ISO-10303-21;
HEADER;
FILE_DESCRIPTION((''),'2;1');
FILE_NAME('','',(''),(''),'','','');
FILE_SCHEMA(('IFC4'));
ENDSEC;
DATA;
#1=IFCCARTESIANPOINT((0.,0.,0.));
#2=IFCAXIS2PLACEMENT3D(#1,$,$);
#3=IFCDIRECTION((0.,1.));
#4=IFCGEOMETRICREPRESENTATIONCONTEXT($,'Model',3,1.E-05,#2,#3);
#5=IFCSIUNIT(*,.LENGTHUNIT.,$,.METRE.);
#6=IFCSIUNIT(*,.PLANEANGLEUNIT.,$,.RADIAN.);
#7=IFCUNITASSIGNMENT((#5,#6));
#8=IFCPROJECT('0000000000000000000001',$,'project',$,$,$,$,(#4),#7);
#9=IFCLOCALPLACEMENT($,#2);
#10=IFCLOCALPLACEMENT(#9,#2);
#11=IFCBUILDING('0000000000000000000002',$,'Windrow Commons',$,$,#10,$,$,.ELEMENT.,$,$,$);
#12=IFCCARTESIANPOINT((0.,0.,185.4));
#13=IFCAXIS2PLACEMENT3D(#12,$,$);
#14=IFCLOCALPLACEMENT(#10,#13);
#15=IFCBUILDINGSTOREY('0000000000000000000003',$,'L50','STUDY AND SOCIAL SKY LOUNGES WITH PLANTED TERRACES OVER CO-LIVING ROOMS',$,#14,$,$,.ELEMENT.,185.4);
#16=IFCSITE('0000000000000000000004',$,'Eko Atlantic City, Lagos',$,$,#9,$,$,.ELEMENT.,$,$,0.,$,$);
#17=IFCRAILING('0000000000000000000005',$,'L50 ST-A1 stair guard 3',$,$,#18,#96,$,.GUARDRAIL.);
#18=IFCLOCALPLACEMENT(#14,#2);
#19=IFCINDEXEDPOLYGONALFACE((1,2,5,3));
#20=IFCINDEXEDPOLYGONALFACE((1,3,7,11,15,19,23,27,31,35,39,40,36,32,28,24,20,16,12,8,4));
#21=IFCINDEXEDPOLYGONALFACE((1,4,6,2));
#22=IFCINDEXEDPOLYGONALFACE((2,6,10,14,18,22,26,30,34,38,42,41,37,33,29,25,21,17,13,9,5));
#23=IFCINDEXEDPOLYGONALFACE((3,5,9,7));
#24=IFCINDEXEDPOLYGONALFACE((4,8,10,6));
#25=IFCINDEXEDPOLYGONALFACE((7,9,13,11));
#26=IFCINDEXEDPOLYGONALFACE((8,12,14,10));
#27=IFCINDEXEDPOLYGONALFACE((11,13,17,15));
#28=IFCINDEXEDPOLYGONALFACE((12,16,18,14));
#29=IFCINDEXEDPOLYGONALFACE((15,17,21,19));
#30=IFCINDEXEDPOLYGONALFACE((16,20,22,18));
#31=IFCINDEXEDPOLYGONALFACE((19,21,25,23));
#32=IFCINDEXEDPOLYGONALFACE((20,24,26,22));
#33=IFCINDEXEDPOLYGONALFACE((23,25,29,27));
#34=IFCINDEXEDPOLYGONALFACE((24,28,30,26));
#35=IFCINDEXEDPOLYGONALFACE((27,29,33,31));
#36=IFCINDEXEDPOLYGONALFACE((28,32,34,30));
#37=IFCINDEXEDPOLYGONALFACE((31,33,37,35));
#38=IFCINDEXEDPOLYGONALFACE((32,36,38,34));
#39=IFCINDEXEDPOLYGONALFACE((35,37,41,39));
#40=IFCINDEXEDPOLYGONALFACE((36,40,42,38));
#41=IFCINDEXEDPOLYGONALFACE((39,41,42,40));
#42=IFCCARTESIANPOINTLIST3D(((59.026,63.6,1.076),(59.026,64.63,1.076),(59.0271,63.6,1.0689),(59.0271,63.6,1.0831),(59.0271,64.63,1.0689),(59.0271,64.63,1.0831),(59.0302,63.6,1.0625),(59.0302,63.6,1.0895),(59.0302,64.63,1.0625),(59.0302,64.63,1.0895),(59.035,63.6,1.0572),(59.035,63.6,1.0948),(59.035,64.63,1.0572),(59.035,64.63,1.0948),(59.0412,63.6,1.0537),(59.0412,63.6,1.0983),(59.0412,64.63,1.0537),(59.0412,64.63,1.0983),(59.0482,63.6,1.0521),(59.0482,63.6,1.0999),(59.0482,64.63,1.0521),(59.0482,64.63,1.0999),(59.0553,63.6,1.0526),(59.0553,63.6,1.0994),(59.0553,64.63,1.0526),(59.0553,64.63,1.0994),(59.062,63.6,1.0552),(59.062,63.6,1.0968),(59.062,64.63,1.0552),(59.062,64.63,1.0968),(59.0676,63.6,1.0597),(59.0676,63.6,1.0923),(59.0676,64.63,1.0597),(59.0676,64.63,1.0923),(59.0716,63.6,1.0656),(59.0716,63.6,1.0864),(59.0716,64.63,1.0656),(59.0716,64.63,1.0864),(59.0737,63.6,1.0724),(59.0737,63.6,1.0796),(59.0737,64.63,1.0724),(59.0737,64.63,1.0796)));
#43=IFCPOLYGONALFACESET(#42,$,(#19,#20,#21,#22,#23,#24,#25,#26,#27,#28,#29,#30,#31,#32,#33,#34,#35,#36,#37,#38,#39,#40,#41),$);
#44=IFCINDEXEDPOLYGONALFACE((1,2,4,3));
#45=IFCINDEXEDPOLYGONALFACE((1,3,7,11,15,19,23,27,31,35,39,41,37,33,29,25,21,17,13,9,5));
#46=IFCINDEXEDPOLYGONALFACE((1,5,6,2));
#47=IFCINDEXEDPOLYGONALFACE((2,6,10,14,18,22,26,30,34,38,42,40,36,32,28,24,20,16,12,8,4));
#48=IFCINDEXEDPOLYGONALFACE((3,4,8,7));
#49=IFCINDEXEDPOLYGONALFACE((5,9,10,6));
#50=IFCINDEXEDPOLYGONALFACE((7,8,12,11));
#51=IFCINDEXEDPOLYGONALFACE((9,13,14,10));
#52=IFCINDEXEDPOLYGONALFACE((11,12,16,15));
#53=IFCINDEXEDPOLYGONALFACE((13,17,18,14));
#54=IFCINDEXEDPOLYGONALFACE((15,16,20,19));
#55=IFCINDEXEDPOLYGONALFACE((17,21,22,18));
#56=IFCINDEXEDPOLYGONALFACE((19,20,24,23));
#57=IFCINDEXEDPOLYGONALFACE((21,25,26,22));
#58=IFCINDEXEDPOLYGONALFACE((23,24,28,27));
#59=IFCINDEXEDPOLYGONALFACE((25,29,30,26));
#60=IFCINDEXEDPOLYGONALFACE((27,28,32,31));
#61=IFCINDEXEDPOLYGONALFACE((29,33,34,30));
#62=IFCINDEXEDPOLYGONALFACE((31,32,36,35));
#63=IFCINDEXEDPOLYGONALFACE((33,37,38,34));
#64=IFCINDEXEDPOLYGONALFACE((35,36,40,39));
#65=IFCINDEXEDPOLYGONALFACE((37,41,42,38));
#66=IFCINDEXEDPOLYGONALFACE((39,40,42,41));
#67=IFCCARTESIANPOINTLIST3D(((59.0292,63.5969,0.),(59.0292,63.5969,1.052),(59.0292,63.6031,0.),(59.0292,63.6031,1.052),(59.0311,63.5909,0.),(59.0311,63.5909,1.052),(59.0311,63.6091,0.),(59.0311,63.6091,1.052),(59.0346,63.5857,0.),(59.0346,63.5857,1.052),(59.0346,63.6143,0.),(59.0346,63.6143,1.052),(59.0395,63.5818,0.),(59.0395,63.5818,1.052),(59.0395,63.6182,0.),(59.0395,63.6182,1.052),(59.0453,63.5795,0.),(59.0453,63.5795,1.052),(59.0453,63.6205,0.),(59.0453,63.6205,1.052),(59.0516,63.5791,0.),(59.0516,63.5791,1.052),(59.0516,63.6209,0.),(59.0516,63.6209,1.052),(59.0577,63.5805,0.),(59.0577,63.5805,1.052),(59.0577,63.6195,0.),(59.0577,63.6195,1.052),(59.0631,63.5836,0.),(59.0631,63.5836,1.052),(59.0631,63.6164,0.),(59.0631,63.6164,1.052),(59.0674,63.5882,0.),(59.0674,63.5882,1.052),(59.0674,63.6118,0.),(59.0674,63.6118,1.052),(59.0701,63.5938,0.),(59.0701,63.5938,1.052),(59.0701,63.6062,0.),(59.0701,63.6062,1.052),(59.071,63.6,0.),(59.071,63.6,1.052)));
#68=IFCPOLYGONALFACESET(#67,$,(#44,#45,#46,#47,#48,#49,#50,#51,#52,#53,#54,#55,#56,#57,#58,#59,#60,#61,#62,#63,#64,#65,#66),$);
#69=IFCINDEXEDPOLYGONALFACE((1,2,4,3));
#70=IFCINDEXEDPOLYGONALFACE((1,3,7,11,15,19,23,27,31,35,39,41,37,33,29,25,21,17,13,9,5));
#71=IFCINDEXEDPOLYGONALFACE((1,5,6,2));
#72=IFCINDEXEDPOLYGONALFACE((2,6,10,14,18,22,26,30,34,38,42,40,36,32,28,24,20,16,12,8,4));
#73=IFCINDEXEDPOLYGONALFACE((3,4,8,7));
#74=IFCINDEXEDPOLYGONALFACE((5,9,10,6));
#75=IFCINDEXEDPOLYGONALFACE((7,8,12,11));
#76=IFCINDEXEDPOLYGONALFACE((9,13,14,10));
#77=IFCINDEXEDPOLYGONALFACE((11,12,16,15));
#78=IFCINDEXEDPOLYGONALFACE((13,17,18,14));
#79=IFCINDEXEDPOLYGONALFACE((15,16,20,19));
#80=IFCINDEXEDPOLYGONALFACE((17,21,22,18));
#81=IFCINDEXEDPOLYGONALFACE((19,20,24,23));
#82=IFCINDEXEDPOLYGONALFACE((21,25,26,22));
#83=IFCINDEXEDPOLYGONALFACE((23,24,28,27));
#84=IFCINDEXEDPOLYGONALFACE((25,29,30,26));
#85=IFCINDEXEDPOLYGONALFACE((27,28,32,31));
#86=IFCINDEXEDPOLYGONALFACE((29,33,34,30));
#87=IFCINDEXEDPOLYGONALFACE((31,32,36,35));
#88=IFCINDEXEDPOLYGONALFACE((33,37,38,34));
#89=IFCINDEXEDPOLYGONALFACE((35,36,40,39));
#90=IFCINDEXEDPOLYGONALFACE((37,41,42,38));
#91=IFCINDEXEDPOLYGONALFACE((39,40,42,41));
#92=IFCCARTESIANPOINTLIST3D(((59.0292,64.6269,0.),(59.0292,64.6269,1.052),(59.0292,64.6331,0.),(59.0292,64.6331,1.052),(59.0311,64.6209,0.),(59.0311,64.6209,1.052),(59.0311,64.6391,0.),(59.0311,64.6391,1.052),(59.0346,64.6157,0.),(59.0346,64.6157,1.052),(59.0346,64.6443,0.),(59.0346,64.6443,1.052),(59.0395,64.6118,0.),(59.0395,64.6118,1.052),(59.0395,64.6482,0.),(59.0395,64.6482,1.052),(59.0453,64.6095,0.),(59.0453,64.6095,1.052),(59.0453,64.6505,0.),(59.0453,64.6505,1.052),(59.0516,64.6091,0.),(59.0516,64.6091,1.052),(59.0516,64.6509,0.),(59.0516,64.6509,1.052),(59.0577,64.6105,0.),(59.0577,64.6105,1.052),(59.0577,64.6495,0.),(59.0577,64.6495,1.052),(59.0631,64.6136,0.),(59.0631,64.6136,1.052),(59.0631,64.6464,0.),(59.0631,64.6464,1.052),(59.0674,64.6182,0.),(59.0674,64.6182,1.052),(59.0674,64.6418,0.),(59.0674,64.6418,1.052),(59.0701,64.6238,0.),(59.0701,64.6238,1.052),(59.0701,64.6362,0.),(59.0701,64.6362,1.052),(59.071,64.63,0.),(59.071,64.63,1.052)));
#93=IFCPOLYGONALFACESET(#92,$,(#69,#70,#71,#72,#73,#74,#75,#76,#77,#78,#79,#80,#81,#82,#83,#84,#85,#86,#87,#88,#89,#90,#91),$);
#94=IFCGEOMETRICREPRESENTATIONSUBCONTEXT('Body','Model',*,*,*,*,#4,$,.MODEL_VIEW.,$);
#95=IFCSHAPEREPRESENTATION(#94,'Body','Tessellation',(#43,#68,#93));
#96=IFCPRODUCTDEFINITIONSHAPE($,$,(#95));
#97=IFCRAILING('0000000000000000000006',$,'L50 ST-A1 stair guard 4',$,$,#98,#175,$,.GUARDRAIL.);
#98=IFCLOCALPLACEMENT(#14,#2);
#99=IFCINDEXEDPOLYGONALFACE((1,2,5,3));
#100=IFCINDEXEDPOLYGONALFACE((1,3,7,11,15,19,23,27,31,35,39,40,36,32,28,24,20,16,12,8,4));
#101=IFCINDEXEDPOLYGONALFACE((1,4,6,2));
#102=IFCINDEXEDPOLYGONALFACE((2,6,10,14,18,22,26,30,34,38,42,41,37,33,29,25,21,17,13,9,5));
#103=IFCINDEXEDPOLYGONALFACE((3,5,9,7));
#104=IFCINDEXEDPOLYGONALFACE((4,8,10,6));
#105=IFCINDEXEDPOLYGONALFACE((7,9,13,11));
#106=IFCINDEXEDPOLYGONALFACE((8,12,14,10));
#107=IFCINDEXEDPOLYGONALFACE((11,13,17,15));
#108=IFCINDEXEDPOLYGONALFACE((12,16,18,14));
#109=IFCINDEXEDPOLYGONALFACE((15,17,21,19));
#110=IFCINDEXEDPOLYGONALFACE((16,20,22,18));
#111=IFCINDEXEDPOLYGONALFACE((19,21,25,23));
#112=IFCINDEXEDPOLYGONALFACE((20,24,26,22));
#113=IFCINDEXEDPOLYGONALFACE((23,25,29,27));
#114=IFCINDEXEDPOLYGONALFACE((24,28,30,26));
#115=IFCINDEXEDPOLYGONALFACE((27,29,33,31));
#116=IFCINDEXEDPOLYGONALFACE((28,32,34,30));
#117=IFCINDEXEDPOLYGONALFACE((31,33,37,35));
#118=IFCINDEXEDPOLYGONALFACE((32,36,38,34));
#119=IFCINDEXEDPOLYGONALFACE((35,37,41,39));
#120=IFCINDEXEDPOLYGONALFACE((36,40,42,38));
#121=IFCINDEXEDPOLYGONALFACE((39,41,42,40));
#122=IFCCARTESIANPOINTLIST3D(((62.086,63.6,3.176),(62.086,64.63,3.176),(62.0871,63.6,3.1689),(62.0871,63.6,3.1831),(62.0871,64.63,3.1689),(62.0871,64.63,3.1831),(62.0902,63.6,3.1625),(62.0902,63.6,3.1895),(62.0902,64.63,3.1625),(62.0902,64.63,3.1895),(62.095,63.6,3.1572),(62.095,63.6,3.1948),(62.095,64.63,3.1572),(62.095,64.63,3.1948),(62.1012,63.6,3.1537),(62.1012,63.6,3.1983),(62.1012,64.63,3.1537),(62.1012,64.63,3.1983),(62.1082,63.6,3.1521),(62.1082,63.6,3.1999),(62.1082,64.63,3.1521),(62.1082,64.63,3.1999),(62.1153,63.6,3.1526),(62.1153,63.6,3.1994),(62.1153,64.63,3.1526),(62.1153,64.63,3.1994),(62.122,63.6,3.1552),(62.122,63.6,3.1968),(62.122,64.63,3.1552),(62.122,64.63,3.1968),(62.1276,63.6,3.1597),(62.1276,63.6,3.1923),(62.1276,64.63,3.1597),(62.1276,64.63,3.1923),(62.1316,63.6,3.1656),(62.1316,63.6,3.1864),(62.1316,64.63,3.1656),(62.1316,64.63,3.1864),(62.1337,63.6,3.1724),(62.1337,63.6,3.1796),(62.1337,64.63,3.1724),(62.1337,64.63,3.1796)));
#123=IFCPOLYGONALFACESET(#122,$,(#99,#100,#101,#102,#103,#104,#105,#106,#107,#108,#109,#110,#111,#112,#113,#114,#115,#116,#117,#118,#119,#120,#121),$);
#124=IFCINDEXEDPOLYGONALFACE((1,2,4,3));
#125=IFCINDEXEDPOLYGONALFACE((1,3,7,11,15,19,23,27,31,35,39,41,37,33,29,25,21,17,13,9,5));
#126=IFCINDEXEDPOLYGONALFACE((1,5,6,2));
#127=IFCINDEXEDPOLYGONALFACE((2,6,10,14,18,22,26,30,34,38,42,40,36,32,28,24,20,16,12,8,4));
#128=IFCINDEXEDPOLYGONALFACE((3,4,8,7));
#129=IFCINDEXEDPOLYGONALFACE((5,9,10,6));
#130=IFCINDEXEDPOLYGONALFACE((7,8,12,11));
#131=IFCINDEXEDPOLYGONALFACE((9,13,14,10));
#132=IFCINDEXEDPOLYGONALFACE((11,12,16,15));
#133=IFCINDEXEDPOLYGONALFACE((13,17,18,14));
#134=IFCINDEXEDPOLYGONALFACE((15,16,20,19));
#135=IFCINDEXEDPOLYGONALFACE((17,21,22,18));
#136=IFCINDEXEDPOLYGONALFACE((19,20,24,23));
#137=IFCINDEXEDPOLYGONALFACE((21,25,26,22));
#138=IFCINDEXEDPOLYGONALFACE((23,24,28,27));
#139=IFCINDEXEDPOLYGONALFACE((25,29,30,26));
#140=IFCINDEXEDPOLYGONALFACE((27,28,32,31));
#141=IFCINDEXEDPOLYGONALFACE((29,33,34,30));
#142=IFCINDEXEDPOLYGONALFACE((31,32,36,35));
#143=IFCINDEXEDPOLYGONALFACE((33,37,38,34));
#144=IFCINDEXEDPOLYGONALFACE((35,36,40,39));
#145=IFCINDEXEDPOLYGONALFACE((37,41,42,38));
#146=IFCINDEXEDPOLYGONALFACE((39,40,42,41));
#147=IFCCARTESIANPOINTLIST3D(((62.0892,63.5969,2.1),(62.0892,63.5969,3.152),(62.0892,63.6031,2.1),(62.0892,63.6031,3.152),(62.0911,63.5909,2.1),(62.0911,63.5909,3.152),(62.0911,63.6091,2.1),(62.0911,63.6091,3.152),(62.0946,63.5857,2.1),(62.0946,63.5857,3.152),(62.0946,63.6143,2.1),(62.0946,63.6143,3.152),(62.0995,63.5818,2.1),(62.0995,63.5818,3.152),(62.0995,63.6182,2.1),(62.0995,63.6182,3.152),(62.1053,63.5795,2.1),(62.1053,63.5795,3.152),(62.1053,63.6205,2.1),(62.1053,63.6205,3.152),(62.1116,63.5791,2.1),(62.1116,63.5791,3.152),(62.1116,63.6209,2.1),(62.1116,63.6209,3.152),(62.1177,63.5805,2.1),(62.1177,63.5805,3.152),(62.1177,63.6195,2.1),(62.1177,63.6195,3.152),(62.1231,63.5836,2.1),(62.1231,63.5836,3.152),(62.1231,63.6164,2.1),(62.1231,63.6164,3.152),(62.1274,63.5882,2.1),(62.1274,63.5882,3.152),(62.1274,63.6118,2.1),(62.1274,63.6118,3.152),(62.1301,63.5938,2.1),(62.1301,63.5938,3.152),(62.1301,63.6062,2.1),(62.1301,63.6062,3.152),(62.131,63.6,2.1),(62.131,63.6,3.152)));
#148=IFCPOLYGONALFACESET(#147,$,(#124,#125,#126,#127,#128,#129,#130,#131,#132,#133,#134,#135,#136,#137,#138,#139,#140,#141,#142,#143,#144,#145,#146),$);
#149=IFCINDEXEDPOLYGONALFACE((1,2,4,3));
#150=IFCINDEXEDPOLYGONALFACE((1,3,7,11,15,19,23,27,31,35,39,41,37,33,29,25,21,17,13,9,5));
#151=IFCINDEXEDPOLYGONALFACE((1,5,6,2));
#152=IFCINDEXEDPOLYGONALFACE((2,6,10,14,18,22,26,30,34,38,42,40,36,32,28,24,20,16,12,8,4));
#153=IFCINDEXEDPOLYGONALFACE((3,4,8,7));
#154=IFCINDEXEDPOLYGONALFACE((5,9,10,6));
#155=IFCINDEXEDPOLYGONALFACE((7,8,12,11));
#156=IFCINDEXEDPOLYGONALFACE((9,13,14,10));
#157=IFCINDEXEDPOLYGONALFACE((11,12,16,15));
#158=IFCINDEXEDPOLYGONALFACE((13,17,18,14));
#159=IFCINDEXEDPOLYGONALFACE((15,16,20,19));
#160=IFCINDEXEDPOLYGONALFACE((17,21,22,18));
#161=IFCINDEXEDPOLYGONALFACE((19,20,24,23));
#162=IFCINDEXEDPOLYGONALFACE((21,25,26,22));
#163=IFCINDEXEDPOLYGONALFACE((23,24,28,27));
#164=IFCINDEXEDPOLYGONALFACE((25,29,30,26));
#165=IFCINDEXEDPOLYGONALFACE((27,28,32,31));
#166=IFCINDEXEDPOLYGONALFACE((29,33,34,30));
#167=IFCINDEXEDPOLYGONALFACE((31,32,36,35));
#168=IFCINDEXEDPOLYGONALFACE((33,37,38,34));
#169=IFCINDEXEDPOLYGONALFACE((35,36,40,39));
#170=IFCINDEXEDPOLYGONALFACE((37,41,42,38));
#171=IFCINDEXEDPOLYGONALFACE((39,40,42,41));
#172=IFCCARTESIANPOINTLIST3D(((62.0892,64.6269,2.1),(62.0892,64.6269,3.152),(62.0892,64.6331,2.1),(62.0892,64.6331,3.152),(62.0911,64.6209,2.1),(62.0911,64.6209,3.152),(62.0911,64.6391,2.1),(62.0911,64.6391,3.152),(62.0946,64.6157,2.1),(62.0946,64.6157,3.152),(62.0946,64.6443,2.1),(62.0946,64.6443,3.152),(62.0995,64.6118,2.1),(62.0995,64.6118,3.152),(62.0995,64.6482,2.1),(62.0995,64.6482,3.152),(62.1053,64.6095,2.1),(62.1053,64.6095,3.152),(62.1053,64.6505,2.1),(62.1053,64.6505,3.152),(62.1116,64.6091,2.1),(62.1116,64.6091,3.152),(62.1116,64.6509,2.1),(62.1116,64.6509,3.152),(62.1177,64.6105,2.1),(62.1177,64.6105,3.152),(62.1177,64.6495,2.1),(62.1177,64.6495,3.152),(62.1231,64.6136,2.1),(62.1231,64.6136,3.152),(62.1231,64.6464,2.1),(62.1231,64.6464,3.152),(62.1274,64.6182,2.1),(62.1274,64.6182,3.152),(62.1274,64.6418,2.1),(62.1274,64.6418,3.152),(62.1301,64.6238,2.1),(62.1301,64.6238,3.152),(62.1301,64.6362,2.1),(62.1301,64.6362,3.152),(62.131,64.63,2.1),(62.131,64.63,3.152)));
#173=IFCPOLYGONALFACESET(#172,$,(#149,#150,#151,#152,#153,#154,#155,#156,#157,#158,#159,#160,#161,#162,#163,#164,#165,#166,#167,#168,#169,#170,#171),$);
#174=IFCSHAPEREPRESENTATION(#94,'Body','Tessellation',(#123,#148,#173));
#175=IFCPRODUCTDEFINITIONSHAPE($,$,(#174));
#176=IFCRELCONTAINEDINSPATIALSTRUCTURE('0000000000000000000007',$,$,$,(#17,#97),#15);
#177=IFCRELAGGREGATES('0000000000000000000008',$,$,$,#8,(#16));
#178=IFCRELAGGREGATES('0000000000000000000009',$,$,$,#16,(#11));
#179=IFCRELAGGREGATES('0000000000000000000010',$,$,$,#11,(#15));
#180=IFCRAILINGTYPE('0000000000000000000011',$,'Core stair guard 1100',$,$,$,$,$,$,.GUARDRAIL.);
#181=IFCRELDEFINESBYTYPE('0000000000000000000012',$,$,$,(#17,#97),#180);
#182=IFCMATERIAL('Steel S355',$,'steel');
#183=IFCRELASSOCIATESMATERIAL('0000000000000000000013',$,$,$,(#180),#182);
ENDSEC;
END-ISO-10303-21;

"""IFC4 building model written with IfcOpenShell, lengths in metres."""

from ifc_helpers import new_model, si_unit, direction, frame, origin, origin_2d, place, context, subcontext, project, spatial, circle, extrude, material, type_object, element, save


model = new_model("IFC4")

# Units and contexts
model_context = context("Model", 3, precision=1e-05, world=origin(), true_north=direction((0.0, 1.0)))
body_context = subcontext(model_context, "Body", "Model", "MODEL_VIEW")
ifc_project = project(units=[si_unit("LENGTHUNIT", "METRE"), si_unit("PLANEANGLEUNIT", "RADIAN")], contexts=[model_context])

# Site, building, storey
site_placement = place(None, origin())
site = spatial("IfcSite", under=ifc_project, at=site_placement, Name="Eko Atlantic City, Lagos", CompositionType="ELEMENT", RefElevation=0.0)
building_placement = place(site_placement, origin())
building = spatial("IfcBuilding", under=site, at=building_placement, Name="Windrow Commons", CompositionType="ELEMENT")
storey_placement = place(building_placement, frame((0.0, 0.0, 185.4)))
storey = spatial("IfcBuildingStorey", under=building, at=storey_placement, Name="L50", Description="STUDY AND SOCIAL SKY LOUNGES WITH PLANTED TERRACES OVER CO-LIVING ROOMS", CompositionType="ELEMENT", Elevation=185.4)

# Railings
ifc_material_1 = material(Name="Steel S355", Category="steel")
railing_type = type_object("IfcRailingType", Name="Core stair guard 1100", PredefinedType="GUARDRAIL", material=ifc_material_1)
for number, where, name in (
    (1, (59.05, 63.6, 0.0), "L50 ST-A1 stair guard 3"),
    (2, (62.11, 63.6, 2.1), "L50 ST-A1 stair guard 4"),
):
    element("IfcRailing", number, at=place(storey_placement, frame(where)), inside=storey, type_object=railing_type, Name=name, PredefinedType="GUARDRAIL", context=body_context, shape_type="SweptSolid", body=[
        extrude(circle(Radius=0.024, at=origin_2d()), frame((0.0, 0.0, 1.076), z_axis=(0.0, 1.0, 0.0), x_axis=(-1.0, 0.0, 0.0)), (0.0, 0.0, 1.0), 1.03),
        extrude(circle(Radius=0.021, at=origin_2d()), origin(), (0.0, 0.0, 1.0), 1.052),
        extrude(circle(Radius=0.021, at=origin_2d()), frame((0.0, 1.03, 0.0)), (0.0, 0.0, 1.0), 1.052),
    ])

save(model, "model.ifc")
